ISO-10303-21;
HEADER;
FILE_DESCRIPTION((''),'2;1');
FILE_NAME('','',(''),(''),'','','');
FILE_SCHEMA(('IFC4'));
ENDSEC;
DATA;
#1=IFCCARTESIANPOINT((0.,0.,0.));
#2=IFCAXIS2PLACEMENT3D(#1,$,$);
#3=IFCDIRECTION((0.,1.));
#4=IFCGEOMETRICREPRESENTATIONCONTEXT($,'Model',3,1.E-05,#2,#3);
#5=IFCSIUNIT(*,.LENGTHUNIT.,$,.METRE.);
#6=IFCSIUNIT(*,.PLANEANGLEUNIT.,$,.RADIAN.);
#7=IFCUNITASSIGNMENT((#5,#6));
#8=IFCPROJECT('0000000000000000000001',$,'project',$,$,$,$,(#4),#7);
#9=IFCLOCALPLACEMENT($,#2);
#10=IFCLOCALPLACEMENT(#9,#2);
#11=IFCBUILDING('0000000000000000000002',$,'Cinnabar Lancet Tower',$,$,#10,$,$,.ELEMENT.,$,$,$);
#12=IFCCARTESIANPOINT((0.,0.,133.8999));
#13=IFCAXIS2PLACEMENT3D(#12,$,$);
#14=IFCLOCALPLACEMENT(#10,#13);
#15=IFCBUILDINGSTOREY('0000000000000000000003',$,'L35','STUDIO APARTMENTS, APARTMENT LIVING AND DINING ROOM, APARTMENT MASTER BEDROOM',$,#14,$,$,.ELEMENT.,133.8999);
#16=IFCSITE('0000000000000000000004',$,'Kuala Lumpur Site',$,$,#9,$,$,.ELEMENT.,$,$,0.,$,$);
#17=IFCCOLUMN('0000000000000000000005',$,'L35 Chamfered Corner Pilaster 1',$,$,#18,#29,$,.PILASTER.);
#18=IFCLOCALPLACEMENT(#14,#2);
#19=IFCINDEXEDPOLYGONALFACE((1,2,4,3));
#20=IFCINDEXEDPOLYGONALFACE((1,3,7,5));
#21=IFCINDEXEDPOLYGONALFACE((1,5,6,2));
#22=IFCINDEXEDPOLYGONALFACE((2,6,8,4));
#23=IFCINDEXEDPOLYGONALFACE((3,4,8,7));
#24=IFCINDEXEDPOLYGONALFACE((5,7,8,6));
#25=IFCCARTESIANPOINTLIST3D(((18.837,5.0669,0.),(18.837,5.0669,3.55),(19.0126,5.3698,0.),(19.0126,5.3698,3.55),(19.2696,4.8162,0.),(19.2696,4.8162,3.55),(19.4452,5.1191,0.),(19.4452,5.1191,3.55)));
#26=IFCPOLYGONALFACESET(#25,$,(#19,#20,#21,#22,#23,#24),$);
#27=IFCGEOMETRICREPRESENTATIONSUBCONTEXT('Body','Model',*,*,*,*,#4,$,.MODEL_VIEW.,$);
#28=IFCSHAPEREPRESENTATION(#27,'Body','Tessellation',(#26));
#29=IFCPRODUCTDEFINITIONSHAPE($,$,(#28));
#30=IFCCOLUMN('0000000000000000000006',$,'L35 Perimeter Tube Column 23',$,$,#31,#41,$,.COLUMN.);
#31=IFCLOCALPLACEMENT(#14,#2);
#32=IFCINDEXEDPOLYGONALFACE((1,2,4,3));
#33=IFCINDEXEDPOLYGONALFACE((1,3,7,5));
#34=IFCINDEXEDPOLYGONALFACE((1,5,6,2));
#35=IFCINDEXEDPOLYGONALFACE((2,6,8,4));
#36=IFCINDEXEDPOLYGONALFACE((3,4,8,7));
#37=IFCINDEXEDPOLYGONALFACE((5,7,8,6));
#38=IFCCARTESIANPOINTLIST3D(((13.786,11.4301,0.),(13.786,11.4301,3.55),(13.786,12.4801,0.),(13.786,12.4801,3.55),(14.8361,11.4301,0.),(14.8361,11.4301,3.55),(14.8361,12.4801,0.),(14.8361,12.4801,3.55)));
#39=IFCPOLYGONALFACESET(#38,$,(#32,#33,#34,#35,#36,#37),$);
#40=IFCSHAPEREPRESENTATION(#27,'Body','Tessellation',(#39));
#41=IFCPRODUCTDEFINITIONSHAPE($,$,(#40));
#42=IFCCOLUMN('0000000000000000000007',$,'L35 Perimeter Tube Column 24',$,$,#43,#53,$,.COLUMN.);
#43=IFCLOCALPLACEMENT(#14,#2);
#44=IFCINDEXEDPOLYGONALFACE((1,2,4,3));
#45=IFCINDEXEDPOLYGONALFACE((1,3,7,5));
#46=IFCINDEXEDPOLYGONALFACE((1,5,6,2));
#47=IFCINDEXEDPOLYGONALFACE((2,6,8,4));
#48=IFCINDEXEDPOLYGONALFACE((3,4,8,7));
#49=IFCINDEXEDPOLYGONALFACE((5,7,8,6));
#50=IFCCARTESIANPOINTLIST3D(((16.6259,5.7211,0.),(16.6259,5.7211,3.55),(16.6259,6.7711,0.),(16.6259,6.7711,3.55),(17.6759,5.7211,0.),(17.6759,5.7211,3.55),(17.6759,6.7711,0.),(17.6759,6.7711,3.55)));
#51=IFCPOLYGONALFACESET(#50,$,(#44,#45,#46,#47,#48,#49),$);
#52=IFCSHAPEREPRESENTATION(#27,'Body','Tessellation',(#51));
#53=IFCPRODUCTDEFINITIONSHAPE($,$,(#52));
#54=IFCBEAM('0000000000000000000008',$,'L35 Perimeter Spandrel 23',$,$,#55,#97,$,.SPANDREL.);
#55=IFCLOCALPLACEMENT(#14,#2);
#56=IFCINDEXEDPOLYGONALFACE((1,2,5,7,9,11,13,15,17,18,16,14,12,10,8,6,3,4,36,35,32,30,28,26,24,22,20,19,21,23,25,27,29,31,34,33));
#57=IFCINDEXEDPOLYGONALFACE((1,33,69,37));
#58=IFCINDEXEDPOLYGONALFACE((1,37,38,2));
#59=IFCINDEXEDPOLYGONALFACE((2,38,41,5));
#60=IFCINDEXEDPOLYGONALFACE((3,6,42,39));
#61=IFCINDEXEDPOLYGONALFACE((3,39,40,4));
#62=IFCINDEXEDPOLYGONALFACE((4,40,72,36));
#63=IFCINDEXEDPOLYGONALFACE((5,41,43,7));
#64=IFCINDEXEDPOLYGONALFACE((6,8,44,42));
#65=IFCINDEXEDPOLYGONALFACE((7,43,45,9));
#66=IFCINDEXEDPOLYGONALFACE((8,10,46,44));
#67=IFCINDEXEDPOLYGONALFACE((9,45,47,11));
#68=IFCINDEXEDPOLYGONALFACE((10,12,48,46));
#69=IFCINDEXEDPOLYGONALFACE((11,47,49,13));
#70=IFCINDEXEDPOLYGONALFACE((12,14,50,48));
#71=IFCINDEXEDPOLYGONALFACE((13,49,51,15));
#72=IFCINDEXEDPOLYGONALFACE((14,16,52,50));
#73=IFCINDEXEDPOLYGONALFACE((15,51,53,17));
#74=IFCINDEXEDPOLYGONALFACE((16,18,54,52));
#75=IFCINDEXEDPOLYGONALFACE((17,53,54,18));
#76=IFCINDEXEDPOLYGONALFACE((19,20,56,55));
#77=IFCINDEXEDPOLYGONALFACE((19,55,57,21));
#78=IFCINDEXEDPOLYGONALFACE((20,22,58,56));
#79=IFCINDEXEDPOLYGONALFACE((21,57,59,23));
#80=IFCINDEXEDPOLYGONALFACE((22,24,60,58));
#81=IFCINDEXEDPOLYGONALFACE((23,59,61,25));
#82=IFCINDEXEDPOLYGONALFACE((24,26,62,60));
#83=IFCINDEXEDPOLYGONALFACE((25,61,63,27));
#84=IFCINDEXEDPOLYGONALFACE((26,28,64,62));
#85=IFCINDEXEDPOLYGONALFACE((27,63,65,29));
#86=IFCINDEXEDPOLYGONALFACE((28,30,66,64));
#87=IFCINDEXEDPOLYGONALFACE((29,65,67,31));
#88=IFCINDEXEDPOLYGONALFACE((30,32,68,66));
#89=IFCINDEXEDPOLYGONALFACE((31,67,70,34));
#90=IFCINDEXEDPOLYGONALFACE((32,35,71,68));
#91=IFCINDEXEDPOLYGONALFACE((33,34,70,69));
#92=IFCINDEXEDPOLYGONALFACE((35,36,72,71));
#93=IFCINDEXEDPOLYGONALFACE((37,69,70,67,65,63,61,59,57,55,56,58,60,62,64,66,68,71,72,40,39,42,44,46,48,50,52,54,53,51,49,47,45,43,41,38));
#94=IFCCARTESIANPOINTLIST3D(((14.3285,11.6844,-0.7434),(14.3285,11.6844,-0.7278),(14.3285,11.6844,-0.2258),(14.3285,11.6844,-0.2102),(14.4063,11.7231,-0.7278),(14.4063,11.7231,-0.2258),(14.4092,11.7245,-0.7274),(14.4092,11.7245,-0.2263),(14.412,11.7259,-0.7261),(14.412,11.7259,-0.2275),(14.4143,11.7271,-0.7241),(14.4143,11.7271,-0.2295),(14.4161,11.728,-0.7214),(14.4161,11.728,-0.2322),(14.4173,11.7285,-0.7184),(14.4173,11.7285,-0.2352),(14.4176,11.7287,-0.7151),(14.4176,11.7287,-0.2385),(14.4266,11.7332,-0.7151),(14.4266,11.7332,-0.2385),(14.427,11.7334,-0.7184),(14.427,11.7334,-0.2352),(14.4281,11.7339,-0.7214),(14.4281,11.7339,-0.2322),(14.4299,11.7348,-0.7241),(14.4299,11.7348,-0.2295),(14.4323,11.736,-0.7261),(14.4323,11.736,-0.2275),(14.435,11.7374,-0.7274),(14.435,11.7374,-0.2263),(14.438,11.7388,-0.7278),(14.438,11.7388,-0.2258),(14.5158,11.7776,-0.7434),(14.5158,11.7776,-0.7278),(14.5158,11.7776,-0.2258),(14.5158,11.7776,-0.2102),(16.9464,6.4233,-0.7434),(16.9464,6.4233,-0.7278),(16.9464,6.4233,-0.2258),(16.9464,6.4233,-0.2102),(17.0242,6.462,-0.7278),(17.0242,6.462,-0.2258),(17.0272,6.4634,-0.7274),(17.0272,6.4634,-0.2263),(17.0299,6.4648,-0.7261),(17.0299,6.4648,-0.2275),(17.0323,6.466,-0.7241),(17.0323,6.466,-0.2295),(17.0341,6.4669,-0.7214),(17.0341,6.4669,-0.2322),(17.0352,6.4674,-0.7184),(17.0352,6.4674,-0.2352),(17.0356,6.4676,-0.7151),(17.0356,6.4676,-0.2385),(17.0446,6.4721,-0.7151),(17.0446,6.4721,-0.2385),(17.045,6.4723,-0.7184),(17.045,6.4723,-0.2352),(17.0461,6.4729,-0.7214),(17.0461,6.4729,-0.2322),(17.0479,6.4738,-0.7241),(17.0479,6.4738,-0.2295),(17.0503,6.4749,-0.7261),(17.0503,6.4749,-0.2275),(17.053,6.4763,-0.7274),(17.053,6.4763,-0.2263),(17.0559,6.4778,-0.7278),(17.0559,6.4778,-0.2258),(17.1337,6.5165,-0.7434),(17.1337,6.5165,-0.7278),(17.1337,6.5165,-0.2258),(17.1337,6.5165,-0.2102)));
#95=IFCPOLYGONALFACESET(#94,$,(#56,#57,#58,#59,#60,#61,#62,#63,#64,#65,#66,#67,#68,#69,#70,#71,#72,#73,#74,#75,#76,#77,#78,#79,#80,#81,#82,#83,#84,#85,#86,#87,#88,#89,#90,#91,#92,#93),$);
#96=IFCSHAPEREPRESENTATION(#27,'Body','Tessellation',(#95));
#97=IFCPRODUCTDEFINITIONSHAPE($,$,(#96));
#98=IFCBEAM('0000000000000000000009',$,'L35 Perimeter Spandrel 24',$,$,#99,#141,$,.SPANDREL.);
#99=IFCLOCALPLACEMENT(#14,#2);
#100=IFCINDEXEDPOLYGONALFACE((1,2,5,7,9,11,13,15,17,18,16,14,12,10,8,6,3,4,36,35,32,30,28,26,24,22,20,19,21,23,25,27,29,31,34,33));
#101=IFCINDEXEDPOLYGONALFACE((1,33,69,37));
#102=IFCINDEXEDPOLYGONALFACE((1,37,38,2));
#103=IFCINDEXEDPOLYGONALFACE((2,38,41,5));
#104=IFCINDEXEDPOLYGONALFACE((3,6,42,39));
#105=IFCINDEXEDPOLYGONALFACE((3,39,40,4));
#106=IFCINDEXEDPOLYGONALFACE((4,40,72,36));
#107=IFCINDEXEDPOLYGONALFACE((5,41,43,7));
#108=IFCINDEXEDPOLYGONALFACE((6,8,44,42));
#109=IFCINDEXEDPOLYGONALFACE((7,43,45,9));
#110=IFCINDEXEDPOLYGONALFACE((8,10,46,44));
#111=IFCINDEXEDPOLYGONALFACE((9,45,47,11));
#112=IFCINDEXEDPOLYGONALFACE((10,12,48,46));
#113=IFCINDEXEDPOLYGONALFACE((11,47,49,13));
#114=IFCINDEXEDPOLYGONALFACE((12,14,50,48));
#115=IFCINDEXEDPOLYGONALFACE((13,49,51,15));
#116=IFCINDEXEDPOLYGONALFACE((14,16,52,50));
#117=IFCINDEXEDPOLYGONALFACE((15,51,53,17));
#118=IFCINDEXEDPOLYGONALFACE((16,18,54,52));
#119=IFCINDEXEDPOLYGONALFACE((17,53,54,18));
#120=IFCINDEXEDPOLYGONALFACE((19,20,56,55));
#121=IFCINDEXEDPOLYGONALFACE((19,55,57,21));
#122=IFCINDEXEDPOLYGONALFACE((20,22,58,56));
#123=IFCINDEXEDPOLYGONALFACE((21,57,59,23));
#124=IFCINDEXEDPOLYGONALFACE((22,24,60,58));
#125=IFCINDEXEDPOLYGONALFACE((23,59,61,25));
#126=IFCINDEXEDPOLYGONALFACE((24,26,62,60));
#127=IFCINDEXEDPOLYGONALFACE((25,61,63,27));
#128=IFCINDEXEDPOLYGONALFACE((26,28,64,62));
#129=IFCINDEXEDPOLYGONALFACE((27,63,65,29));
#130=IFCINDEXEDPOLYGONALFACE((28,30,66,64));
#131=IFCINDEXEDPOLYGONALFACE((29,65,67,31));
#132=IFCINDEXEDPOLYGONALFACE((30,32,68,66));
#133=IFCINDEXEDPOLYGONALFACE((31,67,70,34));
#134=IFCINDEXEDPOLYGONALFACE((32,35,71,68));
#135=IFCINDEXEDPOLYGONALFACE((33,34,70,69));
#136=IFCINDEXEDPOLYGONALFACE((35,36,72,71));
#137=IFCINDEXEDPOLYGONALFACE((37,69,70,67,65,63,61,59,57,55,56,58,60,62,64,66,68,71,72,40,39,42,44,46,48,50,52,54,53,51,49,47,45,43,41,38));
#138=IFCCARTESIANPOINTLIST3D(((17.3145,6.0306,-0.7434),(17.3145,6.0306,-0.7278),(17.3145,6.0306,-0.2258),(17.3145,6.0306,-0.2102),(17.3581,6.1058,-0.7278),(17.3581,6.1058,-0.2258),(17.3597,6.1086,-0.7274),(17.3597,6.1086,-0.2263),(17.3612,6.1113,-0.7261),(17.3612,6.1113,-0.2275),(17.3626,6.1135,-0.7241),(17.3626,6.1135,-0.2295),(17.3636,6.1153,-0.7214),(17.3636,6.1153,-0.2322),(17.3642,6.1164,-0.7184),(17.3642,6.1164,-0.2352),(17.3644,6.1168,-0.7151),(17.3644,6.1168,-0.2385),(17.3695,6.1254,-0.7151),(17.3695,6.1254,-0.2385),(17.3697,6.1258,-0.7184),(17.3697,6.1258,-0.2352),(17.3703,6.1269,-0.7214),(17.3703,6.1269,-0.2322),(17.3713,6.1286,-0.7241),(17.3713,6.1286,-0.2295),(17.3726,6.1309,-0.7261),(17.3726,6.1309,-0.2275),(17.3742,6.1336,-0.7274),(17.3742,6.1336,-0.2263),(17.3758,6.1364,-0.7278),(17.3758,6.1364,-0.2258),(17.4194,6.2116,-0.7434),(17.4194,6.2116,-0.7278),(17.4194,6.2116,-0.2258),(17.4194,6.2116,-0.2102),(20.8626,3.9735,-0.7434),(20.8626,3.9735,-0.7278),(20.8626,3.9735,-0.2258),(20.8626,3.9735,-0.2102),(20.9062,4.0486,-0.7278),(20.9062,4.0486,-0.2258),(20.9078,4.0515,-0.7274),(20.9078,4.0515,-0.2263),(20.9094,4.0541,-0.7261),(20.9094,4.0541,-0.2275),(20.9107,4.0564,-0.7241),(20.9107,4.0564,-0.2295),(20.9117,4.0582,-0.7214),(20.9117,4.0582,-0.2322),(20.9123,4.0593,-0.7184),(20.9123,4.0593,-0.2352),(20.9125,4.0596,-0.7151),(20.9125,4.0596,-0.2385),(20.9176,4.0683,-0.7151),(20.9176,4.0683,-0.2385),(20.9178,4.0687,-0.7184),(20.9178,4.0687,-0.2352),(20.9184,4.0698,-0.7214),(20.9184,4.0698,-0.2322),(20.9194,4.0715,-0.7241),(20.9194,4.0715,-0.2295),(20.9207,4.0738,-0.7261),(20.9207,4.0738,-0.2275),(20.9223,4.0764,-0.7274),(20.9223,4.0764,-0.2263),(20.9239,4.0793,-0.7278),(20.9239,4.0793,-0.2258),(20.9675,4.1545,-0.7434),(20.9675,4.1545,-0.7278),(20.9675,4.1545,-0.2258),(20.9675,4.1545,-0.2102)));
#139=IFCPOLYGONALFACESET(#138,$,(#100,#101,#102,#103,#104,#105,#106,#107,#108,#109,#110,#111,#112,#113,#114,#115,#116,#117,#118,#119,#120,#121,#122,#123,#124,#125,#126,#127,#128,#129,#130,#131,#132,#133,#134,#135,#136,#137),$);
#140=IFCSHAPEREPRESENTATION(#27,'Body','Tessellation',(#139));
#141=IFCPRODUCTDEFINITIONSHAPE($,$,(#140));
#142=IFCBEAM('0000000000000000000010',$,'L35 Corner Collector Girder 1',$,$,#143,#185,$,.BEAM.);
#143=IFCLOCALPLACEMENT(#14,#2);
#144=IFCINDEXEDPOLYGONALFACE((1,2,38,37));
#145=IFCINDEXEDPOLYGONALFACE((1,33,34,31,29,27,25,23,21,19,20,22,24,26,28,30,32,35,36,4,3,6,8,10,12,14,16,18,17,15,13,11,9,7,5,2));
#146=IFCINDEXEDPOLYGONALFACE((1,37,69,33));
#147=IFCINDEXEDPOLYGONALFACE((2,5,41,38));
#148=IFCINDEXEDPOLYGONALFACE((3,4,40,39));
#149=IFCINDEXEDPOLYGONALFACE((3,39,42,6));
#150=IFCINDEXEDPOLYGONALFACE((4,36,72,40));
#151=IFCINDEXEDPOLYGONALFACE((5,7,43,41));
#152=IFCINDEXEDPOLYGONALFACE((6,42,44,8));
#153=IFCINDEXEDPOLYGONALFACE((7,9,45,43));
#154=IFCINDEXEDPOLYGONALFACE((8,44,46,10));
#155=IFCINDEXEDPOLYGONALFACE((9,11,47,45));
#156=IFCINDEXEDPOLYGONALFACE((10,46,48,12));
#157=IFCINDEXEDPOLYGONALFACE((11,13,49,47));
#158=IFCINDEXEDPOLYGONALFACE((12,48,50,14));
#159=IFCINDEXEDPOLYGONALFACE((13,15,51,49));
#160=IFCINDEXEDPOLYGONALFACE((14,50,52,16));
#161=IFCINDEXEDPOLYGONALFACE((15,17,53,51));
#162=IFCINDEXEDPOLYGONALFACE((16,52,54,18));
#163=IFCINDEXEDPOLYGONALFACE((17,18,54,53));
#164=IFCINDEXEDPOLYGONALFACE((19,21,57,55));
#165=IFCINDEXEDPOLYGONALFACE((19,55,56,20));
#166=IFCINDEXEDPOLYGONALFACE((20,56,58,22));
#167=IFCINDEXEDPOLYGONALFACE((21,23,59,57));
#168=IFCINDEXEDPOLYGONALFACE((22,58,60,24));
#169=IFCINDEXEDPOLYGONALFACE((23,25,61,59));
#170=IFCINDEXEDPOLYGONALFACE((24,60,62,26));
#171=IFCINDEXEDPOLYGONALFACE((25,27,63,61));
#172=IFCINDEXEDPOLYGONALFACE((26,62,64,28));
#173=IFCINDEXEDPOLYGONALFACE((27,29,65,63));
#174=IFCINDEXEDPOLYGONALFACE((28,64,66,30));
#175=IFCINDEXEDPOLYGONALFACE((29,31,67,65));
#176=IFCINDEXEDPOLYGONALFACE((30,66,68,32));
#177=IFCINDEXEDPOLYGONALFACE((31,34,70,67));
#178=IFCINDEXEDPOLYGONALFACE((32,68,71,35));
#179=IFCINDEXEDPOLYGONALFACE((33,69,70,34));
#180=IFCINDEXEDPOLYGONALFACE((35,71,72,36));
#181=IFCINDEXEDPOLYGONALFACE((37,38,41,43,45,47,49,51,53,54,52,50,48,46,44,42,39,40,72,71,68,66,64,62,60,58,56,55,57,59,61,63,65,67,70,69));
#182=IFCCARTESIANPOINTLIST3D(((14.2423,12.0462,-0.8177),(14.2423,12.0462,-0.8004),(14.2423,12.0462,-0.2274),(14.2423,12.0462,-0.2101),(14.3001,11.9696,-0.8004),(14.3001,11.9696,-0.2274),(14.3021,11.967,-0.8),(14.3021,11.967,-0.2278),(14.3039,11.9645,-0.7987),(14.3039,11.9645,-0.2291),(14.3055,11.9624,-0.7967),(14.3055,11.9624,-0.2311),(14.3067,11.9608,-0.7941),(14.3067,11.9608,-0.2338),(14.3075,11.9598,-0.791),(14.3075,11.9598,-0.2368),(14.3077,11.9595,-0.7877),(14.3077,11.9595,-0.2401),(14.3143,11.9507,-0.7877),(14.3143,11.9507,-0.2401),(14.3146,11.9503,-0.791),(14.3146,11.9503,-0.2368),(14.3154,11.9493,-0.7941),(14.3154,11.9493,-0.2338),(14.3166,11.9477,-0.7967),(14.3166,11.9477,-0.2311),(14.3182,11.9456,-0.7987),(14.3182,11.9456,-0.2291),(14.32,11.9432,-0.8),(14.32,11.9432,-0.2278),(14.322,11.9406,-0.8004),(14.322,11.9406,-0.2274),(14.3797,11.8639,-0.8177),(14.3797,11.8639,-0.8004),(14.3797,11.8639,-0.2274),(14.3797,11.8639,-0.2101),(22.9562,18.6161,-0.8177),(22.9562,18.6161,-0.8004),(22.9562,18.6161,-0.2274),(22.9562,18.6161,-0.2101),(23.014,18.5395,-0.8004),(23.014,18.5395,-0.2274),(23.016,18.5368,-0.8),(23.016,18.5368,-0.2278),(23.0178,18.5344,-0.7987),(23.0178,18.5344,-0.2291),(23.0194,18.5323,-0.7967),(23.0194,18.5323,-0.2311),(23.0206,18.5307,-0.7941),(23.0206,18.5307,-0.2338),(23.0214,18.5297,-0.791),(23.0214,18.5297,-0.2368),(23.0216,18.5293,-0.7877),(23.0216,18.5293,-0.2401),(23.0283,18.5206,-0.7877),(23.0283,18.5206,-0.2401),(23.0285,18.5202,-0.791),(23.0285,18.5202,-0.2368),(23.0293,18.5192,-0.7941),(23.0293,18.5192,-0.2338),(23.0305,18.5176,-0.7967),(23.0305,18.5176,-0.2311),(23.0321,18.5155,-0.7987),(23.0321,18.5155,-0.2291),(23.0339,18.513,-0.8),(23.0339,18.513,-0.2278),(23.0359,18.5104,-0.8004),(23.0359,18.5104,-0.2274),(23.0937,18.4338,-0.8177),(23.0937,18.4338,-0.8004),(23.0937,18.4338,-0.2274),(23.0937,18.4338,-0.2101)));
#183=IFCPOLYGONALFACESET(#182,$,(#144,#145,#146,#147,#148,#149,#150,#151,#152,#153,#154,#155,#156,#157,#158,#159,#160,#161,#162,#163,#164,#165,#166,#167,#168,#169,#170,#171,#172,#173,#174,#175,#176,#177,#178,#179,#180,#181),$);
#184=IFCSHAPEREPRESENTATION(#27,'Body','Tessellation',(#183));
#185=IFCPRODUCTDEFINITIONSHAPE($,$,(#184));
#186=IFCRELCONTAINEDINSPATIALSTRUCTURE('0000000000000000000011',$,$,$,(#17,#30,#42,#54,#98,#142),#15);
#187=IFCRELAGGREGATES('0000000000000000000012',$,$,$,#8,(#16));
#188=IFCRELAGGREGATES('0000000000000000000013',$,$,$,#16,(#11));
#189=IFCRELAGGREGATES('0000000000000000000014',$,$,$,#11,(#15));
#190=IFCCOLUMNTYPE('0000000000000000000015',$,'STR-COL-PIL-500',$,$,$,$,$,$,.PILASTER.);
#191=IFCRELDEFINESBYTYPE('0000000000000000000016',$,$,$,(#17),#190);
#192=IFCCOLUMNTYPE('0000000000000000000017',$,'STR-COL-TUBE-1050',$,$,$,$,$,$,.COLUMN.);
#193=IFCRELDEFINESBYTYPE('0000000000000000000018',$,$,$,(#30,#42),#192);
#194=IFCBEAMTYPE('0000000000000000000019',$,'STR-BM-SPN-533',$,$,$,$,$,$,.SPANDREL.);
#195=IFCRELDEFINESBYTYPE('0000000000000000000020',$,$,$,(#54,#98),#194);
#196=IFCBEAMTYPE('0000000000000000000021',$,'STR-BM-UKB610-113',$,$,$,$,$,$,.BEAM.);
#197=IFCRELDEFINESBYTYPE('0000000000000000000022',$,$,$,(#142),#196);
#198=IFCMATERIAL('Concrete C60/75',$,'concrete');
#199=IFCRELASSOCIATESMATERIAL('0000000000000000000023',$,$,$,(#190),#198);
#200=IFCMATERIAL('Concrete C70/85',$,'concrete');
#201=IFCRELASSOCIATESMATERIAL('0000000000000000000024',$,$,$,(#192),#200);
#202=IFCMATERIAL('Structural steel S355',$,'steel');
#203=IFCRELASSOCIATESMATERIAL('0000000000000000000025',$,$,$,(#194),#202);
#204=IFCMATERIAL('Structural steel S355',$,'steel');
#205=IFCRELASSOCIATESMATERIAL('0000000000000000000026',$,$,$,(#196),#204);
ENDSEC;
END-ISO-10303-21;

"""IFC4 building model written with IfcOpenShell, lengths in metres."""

from ifc_helpers import new_model, si_unit, direction, frame, origin, origin_2d, place, context, subcontext, project, spatial, rectangle, i_section, extrude, material, material_profile, profile_set, type_object, element, save


model = new_model("IFC4")

# Units and contexts
model_context = context("Model", 3, precision=1e-05, world=origin(), true_north=direction((0.0, 1.0)))
body_context = subcontext(model_context, "Body", "Model", "MODEL_VIEW")
ifc_project = project(units=[si_unit("LENGTHUNIT", "METRE"), si_unit("PLANEANGLEUNIT", "RADIAN")], contexts=[model_context])

# Site, building, storey
site_placement = place(None, origin())
site = spatial("IfcSite", under=ifc_project, at=site_placement, Name="Kuala Lumpur Site", CompositionType="ELEMENT", RefElevation=0.0)
building_placement = place(site_placement, origin())
building = spatial("IfcBuilding", under=site, at=building_placement, Name="Cinnabar Lancet Tower", CompositionType="ELEMENT")
storey_placement = place(building_placement, frame((0.0, 0.0, 133.8999)))
storey = spatial("IfcBuildingStorey", under=building, at=storey_placement, Name="L35", Description="STUDIO APARTMENTS, APARTMENT LIVING AND DINING ROOM, APARTMENT MASTER BEDROOM", CompositionType="ELEMENT", Elevation=133.8999)

# Columns
ifc_material_1 = material(Name="Concrete C60/75", Category="concrete")
ifc_material_profile_1 = material_profile(ifc_material_1, rectangle(XDim=0.5, YDim=0.3501, at=origin_2d()), Name="RC-PIL 500x350")
ifc_profile_set_1 = profile_set([ifc_material_profile_1], Name="Concrete C60/75")
column_type_1 = type_object("IfcColumnType", Name="STR-COL-PIL-500", PredefinedType="PILASTER", material=ifc_profile_set_1)
column_placement = place(storey_placement, frame((19.1411, 5.093, 0.0), z_axis=(0.0, 0.0, 1.0), x_axis=(0.86516, -0.501496, 0.0)))
element("IfcColumn", 1, at=column_placement, inside=storey, type_object=column_type_1, Name="L35 Chamfered Corner Pilaster 1", PredefinedType="PILASTER", context=body_context, shape_type="SweptSolid", body=[
    extrude(rectangle(XDim=0.5, YDim=0.3501, at=origin_2d()), origin(), (0.0, 0.0, 1.0), 3.55),
])
ifc_material_2 = material(Name="Concrete C70/85", Category="concrete")
ifc_material_profile_2 = material_profile(ifc_material_2, rectangle(XDim=1.05, YDim=1.05, at=origin_2d()), Name="RC-COL 1050x1050")
ifc_profile_set_2 = profile_set([ifc_material_profile_2], Name="Concrete C70/85")
column_type_2 = type_object("IfcColumnType", Name="STR-COL-TUBE-1050", PredefinedType="COLUMN", material=ifc_profile_set_2)
for number, where, z_axis, x_axis, name in (
    (2, (14.311, 11.9551, 0.0), (0.0, 0.0, 1.0), (1.0, 0.0, 0.0), "L35 Perimeter Tube Column 23"),
    (3, (17.1509, 6.2461, 0.0), (0.0, 0.0, 1.0), (1.0, 0.0, 0.0), "L35 Perimeter Tube Column 24"),
):
    element("IfcColumn", number, at=place(storey_placement, frame(where, z_axis=z_axis, x_axis=x_axis)), inside=storey, type_object=column_type_2, Name=name, PredefinedType="COLUMN", context=body_context, shape_type="SweptSolid", body=[
        extrude(rectangle(XDim=1.05, YDim=1.05, at=origin_2d()), origin(), (0.0, 0.0, 1.0), 3.55),
    ])

# Beams
ifc_material_3 = material(Name="Structural steel S355", Category="steel")
ifc_material_profile_3 = material_profile(ifc_material_3, i_section(OverallWidth=0.2092, OverallDepth=0.5332, WebThickness=0.01, FlangeThickness=0.0156, FilletRadius=0.0127, at=origin_2d()), Name="UKB 533x210x92")
ifc_profile_set_3 = profile_set([ifc_material_profile_3], Name="Structural steel S355")
beam_type_1 = type_object("IfcBeamType", Name="STR-BM-SPN-533", PredefinedType="SPANDREL", material=ifc_profile_set_3)
beam_1_placement = place(storey_placement, frame((14.4221, 11.731, -0.4768), z_axis=(0.445501, -0.895281, 0.0), x_axis=(0.895281, 0.445501, 0.0)))
element("IfcBeam", 4, at=beam_1_placement, inside=storey, type_object=beam_type_1, Name="L35 Perimeter Spandrel 23", PredefinedType="SPANDREL", context=body_context, shape_type="SweptSolid", body=[
    extrude(i_section(OverallWidth=0.2092, OverallDepth=0.5332, WebThickness=0.01, FlangeThickness=0.0156, FilletRadius=0.0127, at=origin_2d()), origin(), (0.0, 0.0, 1.0), 5.8765),
])
beam_2_placement = place(storey_placement, frame((17.3669, 6.1211, -0.4768), z_axis=(0.865112, -0.501578, 0.0), x_axis=(0.501578, 0.865112, 0.0)))
element("IfcBeam", 5, at=beam_2_placement, inside=storey, type_object=beam_type_1, Name="L35 Perimeter Spandrel 24", PredefinedType="SPANDREL", context=body_context, shape_type="SweptSolid", body=[
    extrude(i_section(OverallWidth=0.2092, OverallDepth=0.5332, WebThickness=0.01, FlangeThickness=0.0156, FilletRadius=0.0127, at=origin_2d()), origin(), (0.0, 0.0, 1.0), 4.1013),
])
ifc_material_4 = material(Name="Structural steel S355", Category="steel")
ifc_material_profile_4 = material_profile(ifc_material_4, i_section(OverallWidth=0.2283, OverallDepth=0.6077, WebThickness=0.011, FlangeThickness=0.0173, FilletRadius=0.0127, at=origin_2d()), Name="UKB 610x229x113")
ifc_profile_set_4 = profile_set([ifc_material_profile_4], Name="Structural steel S355")
beam_type_2 = type_object("IfcBeamType", Name="STR-BM-UKB610-113", PredefinedType="BEAM", material=ifc_profile_set_4)
beam_3_placement = place(storey_placement, frame((14.311, 11.9551, -0.5139), z_axis=(0.798483, 0.602017, 0.0), x_axis=(-0.602017, 0.798483, 0.0)))
element("IfcBeam", 6, at=beam_3_placement, inside=storey, type_object=beam_type_2, Name="L35 Corner Collector Girder 1", PredefinedType="BEAM", context=body_context, shape_type="SweptSolid", body=[
    extrude(i_section(OverallWidth=0.2283, OverallDepth=0.6077, WebThickness=0.011, FlangeThickness=0.0173, FilletRadius=0.0127, at=origin_2d()), origin(), (0.0, 0.0, 1.0), 10.9131),
])

save(model, "model.ifc")
